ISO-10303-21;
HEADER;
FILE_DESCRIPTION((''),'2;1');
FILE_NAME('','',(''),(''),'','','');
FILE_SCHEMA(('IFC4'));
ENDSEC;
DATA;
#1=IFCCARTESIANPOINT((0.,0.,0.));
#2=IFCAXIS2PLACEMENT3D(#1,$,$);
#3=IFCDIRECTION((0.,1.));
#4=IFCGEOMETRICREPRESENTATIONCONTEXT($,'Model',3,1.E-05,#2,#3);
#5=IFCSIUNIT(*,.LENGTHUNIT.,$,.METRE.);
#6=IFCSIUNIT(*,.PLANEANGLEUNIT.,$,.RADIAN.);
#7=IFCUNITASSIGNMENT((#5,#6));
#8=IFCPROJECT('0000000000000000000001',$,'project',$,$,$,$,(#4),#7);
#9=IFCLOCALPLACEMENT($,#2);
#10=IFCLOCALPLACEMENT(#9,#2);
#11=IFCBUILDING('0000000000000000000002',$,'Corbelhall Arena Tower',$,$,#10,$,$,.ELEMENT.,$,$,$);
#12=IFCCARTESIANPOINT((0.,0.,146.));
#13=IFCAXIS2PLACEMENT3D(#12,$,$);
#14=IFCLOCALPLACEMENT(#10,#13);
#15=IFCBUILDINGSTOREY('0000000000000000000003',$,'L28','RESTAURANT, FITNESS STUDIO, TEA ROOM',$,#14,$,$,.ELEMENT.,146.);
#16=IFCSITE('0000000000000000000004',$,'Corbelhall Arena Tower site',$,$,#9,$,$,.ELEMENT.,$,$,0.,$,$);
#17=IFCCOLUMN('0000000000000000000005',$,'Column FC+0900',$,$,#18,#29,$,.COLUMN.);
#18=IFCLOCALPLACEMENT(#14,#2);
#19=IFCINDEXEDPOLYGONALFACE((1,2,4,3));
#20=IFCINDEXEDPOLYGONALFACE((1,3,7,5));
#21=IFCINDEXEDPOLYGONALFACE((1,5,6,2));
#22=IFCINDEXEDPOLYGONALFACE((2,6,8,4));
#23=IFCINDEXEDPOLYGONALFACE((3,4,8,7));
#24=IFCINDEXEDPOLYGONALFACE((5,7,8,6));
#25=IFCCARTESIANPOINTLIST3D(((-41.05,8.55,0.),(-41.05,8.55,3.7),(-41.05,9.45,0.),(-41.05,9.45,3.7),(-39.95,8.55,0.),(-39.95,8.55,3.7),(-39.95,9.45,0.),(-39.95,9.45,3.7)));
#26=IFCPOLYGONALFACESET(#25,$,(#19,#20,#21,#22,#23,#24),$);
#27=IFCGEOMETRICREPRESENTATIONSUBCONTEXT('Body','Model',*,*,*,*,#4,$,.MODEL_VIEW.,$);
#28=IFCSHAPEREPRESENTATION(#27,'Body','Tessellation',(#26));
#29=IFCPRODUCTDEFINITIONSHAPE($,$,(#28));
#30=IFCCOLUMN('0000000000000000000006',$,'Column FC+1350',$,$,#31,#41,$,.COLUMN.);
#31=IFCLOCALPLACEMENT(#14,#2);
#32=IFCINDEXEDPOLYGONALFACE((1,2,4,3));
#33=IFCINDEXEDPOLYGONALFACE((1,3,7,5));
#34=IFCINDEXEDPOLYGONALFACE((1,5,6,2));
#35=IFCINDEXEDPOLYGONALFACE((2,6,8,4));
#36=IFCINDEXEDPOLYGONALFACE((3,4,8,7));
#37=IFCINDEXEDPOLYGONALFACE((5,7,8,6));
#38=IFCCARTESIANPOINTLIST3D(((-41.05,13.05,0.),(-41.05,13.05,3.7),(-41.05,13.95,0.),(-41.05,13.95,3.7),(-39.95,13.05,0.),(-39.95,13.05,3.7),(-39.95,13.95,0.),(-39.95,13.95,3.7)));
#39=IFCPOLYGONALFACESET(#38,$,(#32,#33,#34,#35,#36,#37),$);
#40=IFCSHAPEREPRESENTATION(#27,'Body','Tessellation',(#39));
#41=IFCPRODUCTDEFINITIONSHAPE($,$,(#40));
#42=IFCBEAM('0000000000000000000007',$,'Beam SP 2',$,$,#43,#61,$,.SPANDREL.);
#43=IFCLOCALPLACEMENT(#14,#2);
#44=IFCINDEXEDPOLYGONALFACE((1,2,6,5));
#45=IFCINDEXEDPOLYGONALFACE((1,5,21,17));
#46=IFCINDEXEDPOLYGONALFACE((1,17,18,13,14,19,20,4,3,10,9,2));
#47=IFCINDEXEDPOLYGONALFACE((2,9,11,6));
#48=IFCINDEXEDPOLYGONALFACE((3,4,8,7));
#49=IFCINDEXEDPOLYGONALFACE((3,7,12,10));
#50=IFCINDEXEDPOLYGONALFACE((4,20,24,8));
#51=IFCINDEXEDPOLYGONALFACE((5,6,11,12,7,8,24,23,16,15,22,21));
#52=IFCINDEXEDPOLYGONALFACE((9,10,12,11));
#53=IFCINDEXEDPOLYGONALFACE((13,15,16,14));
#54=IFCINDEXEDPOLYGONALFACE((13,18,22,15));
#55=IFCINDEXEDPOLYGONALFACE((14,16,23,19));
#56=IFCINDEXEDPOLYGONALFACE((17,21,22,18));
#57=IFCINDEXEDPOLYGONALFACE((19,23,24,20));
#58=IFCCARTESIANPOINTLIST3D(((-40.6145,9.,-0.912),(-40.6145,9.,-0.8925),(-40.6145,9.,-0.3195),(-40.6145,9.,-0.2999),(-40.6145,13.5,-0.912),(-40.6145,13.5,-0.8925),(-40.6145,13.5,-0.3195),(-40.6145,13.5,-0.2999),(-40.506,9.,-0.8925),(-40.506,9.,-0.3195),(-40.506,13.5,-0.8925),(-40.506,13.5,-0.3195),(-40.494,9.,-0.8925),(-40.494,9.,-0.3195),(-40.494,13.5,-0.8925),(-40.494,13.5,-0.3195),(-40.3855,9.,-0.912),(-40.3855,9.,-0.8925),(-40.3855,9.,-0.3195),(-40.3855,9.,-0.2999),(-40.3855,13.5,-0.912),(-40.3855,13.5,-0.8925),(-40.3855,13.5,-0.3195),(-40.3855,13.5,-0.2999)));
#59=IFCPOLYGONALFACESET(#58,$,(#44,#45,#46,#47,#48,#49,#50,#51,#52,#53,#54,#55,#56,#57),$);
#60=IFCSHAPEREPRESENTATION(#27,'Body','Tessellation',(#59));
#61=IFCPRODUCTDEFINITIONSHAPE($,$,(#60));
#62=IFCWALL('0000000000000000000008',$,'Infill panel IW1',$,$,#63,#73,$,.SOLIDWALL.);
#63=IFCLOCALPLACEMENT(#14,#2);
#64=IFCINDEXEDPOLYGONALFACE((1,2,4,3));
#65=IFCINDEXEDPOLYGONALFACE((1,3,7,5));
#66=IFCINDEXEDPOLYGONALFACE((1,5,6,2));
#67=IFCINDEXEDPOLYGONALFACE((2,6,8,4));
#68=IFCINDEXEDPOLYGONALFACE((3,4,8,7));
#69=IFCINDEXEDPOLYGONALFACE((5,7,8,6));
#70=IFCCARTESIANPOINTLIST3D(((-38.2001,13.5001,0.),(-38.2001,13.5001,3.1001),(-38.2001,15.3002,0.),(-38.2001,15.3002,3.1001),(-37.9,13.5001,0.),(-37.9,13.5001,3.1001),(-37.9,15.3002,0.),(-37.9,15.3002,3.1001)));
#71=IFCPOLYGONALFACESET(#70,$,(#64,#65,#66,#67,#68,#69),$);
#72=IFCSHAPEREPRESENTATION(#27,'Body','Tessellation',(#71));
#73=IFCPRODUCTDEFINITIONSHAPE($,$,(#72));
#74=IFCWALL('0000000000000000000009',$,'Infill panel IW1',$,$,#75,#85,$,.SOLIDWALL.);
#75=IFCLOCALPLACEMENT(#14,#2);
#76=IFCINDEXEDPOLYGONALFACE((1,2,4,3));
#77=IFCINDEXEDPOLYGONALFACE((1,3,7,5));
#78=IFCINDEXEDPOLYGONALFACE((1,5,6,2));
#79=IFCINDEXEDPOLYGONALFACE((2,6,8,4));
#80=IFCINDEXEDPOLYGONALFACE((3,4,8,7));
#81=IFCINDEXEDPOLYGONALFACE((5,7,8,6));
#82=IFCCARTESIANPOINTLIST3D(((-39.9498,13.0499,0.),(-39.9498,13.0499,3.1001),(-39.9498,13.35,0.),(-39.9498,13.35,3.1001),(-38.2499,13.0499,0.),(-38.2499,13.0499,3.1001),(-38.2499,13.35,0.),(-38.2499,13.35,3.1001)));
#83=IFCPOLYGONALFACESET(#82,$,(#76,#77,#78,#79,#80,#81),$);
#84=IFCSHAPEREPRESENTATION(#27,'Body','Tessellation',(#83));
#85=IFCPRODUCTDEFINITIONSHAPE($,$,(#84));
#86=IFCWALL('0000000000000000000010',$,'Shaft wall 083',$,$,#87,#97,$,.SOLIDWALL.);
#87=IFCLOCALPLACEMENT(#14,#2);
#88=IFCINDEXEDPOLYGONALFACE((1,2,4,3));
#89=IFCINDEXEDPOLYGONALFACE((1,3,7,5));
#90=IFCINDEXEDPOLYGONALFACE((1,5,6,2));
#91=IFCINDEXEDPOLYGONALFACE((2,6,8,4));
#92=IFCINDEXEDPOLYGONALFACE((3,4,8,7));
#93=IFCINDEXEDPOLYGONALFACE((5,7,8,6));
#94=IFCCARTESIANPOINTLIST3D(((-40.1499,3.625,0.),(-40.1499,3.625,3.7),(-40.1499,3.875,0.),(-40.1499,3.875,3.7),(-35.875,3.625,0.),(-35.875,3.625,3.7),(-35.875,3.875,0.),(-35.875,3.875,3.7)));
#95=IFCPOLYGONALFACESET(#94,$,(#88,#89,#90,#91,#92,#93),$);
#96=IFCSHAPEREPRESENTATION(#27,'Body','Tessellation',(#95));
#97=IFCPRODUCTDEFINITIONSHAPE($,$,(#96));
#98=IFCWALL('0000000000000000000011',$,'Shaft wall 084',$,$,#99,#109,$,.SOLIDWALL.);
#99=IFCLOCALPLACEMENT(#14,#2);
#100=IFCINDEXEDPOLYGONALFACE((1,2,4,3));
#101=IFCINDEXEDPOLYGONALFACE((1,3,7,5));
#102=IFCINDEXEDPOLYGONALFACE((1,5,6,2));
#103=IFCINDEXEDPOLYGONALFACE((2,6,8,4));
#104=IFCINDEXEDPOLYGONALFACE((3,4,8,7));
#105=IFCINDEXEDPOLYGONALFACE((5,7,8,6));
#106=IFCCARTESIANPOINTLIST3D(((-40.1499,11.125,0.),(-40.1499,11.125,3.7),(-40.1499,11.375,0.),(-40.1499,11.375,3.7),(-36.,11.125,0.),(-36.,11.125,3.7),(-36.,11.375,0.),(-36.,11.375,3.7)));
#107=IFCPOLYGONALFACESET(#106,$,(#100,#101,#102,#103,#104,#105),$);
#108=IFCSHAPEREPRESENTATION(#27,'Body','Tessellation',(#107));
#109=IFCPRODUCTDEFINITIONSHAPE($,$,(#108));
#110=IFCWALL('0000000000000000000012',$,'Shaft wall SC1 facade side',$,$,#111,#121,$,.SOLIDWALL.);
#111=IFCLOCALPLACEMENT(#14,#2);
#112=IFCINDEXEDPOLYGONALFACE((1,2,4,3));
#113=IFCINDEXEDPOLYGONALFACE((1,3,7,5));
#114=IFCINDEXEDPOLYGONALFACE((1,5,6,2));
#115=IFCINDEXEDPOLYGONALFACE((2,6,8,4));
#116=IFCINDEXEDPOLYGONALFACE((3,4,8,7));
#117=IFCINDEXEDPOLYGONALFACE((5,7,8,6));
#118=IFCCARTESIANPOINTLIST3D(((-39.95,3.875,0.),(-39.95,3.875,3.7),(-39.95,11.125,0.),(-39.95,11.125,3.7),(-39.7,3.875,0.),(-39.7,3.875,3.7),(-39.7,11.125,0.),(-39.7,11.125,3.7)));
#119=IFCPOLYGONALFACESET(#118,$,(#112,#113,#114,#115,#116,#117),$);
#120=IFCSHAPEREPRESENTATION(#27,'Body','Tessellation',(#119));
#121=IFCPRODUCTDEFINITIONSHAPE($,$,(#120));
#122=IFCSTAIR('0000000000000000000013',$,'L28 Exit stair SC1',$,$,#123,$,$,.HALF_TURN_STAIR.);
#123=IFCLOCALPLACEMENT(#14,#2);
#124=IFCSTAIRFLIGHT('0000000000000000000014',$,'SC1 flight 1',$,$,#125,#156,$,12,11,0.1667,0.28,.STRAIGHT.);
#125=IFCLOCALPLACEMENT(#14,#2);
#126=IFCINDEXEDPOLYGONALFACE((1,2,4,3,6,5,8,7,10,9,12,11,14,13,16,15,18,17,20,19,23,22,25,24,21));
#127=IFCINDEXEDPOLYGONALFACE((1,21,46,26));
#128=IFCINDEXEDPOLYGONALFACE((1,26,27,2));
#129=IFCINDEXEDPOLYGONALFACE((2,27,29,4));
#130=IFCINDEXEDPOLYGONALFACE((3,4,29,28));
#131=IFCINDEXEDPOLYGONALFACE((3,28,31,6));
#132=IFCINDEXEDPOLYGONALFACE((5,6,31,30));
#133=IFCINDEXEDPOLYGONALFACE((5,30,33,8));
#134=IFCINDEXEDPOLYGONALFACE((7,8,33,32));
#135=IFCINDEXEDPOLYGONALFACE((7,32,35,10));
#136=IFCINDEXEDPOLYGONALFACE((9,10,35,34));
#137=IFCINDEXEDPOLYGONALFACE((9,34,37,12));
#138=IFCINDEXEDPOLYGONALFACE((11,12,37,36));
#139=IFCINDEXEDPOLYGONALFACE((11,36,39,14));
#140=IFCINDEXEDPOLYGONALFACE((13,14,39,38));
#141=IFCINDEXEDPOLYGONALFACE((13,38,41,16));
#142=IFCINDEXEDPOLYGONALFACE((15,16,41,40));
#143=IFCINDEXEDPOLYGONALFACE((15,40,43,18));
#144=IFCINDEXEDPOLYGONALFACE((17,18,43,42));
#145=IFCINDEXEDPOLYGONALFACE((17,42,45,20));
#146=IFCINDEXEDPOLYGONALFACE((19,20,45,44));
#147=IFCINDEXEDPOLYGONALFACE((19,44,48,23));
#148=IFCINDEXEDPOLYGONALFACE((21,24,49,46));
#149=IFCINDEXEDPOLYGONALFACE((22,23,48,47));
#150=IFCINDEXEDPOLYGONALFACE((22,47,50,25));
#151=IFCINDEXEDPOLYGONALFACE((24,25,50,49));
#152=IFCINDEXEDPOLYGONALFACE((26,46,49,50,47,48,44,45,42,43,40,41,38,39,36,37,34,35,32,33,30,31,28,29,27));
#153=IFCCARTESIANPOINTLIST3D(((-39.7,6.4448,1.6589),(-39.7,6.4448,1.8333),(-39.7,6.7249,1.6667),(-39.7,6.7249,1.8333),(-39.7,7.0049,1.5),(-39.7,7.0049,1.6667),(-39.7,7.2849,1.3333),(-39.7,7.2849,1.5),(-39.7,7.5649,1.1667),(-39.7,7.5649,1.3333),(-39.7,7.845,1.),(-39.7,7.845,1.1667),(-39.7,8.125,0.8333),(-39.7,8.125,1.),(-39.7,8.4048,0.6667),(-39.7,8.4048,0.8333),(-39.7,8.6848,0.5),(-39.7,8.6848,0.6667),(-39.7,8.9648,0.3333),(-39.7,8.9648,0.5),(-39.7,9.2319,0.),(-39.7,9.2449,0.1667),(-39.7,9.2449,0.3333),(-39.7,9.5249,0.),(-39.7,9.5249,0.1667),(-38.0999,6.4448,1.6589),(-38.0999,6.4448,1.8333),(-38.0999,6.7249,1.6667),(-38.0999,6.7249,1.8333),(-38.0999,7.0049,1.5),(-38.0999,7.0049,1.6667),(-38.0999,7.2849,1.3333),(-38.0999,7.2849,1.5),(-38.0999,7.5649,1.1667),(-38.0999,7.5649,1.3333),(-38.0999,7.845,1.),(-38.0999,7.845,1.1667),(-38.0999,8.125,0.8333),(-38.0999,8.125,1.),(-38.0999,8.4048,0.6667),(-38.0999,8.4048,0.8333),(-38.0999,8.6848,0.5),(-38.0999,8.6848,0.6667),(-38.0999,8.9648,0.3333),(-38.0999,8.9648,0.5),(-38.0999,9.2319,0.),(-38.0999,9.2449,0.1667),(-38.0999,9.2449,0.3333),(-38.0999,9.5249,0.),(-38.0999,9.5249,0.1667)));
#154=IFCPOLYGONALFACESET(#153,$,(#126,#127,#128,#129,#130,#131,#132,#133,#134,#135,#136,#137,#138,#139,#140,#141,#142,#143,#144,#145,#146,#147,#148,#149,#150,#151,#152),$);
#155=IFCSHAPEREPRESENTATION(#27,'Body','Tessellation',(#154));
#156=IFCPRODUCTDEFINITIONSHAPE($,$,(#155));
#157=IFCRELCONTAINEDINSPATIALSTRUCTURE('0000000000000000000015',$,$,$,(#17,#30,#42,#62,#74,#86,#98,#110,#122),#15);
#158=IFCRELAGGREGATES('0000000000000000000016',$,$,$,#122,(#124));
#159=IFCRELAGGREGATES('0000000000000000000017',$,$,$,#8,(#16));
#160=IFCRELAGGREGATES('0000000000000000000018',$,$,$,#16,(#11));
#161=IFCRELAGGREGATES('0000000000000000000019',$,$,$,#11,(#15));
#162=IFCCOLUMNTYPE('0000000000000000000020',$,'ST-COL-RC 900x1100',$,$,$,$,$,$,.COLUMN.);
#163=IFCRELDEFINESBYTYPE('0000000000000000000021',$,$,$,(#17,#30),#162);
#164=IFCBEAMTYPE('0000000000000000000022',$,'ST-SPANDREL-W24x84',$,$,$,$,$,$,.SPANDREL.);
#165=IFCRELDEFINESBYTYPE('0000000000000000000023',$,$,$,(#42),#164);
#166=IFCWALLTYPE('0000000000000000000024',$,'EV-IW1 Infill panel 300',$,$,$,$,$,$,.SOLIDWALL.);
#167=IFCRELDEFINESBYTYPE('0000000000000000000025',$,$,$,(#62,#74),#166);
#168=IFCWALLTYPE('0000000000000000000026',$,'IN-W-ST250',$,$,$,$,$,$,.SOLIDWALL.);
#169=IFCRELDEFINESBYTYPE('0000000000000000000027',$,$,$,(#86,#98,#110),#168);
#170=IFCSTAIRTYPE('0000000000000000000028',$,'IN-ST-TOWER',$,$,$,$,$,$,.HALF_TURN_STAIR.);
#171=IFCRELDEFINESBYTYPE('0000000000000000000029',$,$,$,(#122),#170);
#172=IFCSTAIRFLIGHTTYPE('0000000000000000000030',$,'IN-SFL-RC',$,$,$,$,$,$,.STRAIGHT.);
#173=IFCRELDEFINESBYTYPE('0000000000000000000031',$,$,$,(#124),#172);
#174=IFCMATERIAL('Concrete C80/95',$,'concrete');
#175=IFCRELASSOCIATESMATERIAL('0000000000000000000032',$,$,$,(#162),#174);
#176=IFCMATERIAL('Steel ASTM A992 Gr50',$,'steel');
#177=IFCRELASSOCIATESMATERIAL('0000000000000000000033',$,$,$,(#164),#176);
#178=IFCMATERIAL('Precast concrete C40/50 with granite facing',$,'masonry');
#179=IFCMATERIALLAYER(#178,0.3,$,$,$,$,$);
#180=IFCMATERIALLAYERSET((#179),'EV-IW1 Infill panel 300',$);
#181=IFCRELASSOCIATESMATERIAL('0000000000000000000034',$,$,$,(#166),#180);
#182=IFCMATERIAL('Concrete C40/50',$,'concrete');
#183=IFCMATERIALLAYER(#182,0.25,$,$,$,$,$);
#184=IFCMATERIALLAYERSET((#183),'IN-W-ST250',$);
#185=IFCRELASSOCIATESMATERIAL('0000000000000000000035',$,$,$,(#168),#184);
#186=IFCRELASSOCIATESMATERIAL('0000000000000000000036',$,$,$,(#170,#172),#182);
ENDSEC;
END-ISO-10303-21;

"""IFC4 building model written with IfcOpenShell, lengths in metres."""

from ifc_helpers import new_model, si_unit, direction, frame, frame_2d, origin, origin_2d, place, context, subcontext, project, spatial, polyline, rectangle, i_section, outline, extrude, material, layer, layer_set, material_profile, profile_set, type_object, element, aggregate, save


model = new_model("IFC4")

# Units and contexts
model_context = context("Model", 3, precision=1e-05, world=origin(), true_north=direction((0.0, 1.0)))
body_context = subcontext(model_context, "Body", "Model", "MODEL_VIEW")
ifc_project = project(units=[si_unit("LENGTHUNIT", "METRE"), si_unit("PLANEANGLEUNIT", "RADIAN")], contexts=[model_context])

# Site, building, storey
site_placement = place(None, origin())
site = spatial("IfcSite", under=ifc_project, at=site_placement, Name="Corbelhall Arena Tower site", CompositionType="ELEMENT", RefElevation=0.0)
building_placement = place(site_placement, origin())
building = spatial("IfcBuilding", under=site, at=building_placement, Name="Corbelhall Arena Tower", CompositionType="ELEMENT")
storey_placement = place(building_placement, frame((0.0, 0.0, 146.0)))
storey = spatial("IfcBuildingStorey", under=building, at=storey_placement, Name="L28", Description="RESTAURANT, FITNESS STUDIO, TEA ROOM", CompositionType="ELEMENT", Elevation=146.0)

# Columns
ifc_material_1 = material(Name="Concrete C80/95", Category="concrete")
ifc_material_profile_1 = material_profile(ifc_material_1, rectangle(XDim=0.8999, YDim=1.1001, at=origin_2d()))
ifc_profile_set_1 = profile_set([ifc_material_profile_1], Name="Concrete C80/95")
column_type = type_object("IfcColumnType", Name="ST-COL-RC 900x1100", PredefinedType="COLUMN", material=ifc_profile_set_1)
for number, where, z_axis, x_axis, name in (
    (1, (-40.5, 9.0, 0.0), (0.0, 0.0, 1.0), (0.0, 1.0, 0.0), "Column FC+0900"),
    (2, (-40.5, 13.5, 0.0), (0.0, 0.0, 1.0), (0.0, 1.0, 0.0), "Column FC+1350"),
):
    element("IfcColumn", number, at=place(storey_placement, frame(where, z_axis=z_axis, x_axis=x_axis)), inside=storey, type_object=column_type, Name=name, PredefinedType="COLUMN", context=body_context, shape_type="SweptSolid", body=[
        extrude(rectangle(XDim=0.8999, YDim=1.1001, at=origin_2d()), origin(), (0.0, 0.0, 1.0), 3.7),
    ])

# Beam
ifc_material_2 = material(Name="Steel ASTM A992 Gr50", Category="steel")
ifc_material_profile_2 = material_profile(ifc_material_2, i_section(OverallWidth=0.229, OverallDepth=0.6121, WebThickness=0.012, FlangeThickness=0.0195, at=origin_2d()))
ifc_profile_set_2 = profile_set([ifc_material_profile_2], Name="Steel ASTM A992 Gr50")
beam_type = type_object("IfcBeamType", Name="ST-SPANDREL-W24x84", PredefinedType="SPANDREL", material=ifc_profile_set_2)
beam_placement = place(storey_placement, frame((-40.5, 9.0, -0.606), z_axis=(0.0, 1.0, 0.0), x_axis=(-1.0, 0.0, 0.0)))
element("IfcBeam", 3, at=beam_placement, inside=storey, type_object=beam_type, Name="Beam SP 2", PredefinedType="SPANDREL", context=body_context, shape_type="SweptSolid", body=[
    extrude(i_section(OverallWidth=0.229, OverallDepth=0.6121, WebThickness=0.012, FlangeThickness=0.0195, at=origin_2d()), origin(), (0.0, 0.0, 1.0), 4.5),
])

# Walls
ifc_material_3 = material(Name="Precast concrete C40/50 with granite facing", Category="masonry")
ifc_layer_1 = layer(ifc_material_3, 0.3)
ifc_layer_set_1 = layer_set([ifc_layer_1], Name="EV-IW1 Infill panel 300")
wall_type_1 = type_object("IfcWallType", Name="EV-IW1 Infill panel 300", PredefinedType="SOLIDWALL", material=ifc_layer_set_1)
wall_1_placement = place(storey_placement, frame((-38.05, 15.3, 0.0), z_axis=(0.0, 0.0, 1.0), x_axis=(0.0, -1.0, 0.0)))
element("IfcWall", 4, at=wall_1_placement, inside=storey, type_object=wall_type_1, Name="Infill panel IW1", PredefinedType="SOLIDWALL", context=body_context, shape_type="SweptSolid", body=[
    extrude(rectangle(XDim=1.8, YDim=0.3, at=frame_2d((0.8999, 0.0))), origin(), (0.0, 0.0, 1.0), 3.1001),
])
wall_2_placement = place(storey_placement, frame((-39.95, 13.2, 0.0), z_axis=(0.0, 0.0, 1.0), x_axis=(1.0, 0.0, 0.0)))
element("IfcWall", 5, at=wall_2_placement, inside=storey, type_object=wall_type_1, Name="Infill panel IW1", PredefinedType="SOLIDWALL", context=body_context, shape_type="SweptSolid", body=[
    extrude(rectangle(XDim=1.7, YDim=0.3, at=frame_2d((0.8501, 0.0))), origin(), (0.0, 0.0, 1.0), 3.1001),
])

# Walls
ifc_material_4 = material(Name="Concrete C40/50", Category="concrete")
ifc_layer_2 = layer(ifc_material_4, 0.25)
ifc_layer_set_2 = layer_set([ifc_layer_2], Name="IN-W-ST250")
wall_type_2 = type_object("IfcWallType", Name="IN-W-ST250", PredefinedType="SOLIDWALL", material=ifc_layer_set_2)
wall_3_placement = place(storey_placement, frame((-40.1499, 3.75, 0.0), z_axis=(0.0, 0.0, 1.0), x_axis=(1.0, 0.0, 0.0)))
element("IfcWall", 6, at=wall_3_placement, inside=storey, type_object=wall_type_2, Name="Shaft wall 083", PredefinedType="SOLIDWALL", context=body_context, shape_type="SweptSolid", body=[
    extrude(rectangle(XDim=4.2749, YDim=0.25, at=frame_2d((2.1375, 0.0))), origin(), (0.0, 0.0, 1.0), 3.7),
])
wall_4_placement = place(storey_placement, frame((-40.1499, 11.25, 0.0), z_axis=(0.0, 0.0, 1.0), x_axis=(1.0, 0.0, 0.0)))
element("IfcWall", 7, at=wall_4_placement, inside=storey, type_object=wall_type_2, Name="Shaft wall 084", PredefinedType="SOLIDWALL", context=body_context, shape_type="SweptSolid", body=[
    extrude(rectangle(XDim=4.1499, YDim=0.25, at=frame_2d((2.075, 0.0))), origin(), (0.0, 0.0, 1.0), 3.7),
])
wall_5_placement = place(storey_placement, frame((-39.825, 3.875, 0.0), z_axis=(0.0, 0.0, 1.0), x_axis=(0.0, 1.0, 0.0)))
element("IfcWall", 8, at=wall_5_placement, inside=storey, type_object=wall_type_2, Name="Shaft wall SC1 facade side", PredefinedType="SOLIDWALL", context=body_context, shape_type="SweptSolid", body=[
    extrude(rectangle(XDim=7.25, YDim=0.25, at=frame_2d((3.625, 0.0))), origin(), (0.0, 0.0, 1.0), 3.7),
])

# Stair, stair flight
stair_type = type_object("IfcStairType", Name="IN-ST-TOWER", PredefinedType="HALF_TURN_STAIR", material=ifc_material_4)
stair_placement = place(storey_placement, origin())
stair = element("IfcStair", 9, at=stair_placement, inside=storey, type_object=stair_type, Name="L28 Exit stair SC1", PredefinedType="HALF_TURN_STAIR")
stair_flight_type = type_object("IfcStairFlightType", Name="IN-SFL-RC", PredefinedType="STRAIGHT", material=ifc_material_4)
stair_flight_1_placement = place(storey_placement, frame((-38.8999, 9.5249, 0.0), z_axis=(0.0, 0.0, 1.0), x_axis=(0.0, -1.0, 0.0)))
stair_flight_1 = element("IfcStairFlight", 10, at=stair_flight_1_placement, type_object=stair_flight_type, Name="SC1 flight 1", NumberOfRisers=12, NumberOfTreads=11, PredefinedType="STRAIGHT", RiserHeight=0.1667, TreadLength=0.28, context=body_context, shape_type="SweptSolid", body=[
    extrude(outline(polyline([(0.0, 0.0), (0.0, 0.1667), (0.28, 0.1667), (0.28, 0.3333), (0.5601, 0.3333), (0.5601, 0.5), (0.8401, 0.5), (0.8401, 0.6667), (1.1201, 0.6667), (1.1201, 0.8333), (1.3999, 0.8333), (1.3999, 1.0), (1.6799, 1.0), (1.6799, 1.1667), (1.96, 1.1667), (1.96, 1.3333), (2.24, 1.3333), (2.24, 1.5), (2.52, 1.5), (2.52, 1.6667), (2.8, 1.6667), (2.8, 1.8333), (3.0801, 1.8333), (3.0801, 2.0), (3.0801, 1.6589), (0.293, 0.0), (0.0, 0.0)])), frame((0.0, 0.8, 0.0), z_axis=(0.0, -1.0, 0.0), x_axis=(1.0, 0.0, 0.0)), (0.0, 0.0, 1.0), 1.6001),
])
aggregate(stair, [stair_flight_1])

save(model, "model.ifc")
